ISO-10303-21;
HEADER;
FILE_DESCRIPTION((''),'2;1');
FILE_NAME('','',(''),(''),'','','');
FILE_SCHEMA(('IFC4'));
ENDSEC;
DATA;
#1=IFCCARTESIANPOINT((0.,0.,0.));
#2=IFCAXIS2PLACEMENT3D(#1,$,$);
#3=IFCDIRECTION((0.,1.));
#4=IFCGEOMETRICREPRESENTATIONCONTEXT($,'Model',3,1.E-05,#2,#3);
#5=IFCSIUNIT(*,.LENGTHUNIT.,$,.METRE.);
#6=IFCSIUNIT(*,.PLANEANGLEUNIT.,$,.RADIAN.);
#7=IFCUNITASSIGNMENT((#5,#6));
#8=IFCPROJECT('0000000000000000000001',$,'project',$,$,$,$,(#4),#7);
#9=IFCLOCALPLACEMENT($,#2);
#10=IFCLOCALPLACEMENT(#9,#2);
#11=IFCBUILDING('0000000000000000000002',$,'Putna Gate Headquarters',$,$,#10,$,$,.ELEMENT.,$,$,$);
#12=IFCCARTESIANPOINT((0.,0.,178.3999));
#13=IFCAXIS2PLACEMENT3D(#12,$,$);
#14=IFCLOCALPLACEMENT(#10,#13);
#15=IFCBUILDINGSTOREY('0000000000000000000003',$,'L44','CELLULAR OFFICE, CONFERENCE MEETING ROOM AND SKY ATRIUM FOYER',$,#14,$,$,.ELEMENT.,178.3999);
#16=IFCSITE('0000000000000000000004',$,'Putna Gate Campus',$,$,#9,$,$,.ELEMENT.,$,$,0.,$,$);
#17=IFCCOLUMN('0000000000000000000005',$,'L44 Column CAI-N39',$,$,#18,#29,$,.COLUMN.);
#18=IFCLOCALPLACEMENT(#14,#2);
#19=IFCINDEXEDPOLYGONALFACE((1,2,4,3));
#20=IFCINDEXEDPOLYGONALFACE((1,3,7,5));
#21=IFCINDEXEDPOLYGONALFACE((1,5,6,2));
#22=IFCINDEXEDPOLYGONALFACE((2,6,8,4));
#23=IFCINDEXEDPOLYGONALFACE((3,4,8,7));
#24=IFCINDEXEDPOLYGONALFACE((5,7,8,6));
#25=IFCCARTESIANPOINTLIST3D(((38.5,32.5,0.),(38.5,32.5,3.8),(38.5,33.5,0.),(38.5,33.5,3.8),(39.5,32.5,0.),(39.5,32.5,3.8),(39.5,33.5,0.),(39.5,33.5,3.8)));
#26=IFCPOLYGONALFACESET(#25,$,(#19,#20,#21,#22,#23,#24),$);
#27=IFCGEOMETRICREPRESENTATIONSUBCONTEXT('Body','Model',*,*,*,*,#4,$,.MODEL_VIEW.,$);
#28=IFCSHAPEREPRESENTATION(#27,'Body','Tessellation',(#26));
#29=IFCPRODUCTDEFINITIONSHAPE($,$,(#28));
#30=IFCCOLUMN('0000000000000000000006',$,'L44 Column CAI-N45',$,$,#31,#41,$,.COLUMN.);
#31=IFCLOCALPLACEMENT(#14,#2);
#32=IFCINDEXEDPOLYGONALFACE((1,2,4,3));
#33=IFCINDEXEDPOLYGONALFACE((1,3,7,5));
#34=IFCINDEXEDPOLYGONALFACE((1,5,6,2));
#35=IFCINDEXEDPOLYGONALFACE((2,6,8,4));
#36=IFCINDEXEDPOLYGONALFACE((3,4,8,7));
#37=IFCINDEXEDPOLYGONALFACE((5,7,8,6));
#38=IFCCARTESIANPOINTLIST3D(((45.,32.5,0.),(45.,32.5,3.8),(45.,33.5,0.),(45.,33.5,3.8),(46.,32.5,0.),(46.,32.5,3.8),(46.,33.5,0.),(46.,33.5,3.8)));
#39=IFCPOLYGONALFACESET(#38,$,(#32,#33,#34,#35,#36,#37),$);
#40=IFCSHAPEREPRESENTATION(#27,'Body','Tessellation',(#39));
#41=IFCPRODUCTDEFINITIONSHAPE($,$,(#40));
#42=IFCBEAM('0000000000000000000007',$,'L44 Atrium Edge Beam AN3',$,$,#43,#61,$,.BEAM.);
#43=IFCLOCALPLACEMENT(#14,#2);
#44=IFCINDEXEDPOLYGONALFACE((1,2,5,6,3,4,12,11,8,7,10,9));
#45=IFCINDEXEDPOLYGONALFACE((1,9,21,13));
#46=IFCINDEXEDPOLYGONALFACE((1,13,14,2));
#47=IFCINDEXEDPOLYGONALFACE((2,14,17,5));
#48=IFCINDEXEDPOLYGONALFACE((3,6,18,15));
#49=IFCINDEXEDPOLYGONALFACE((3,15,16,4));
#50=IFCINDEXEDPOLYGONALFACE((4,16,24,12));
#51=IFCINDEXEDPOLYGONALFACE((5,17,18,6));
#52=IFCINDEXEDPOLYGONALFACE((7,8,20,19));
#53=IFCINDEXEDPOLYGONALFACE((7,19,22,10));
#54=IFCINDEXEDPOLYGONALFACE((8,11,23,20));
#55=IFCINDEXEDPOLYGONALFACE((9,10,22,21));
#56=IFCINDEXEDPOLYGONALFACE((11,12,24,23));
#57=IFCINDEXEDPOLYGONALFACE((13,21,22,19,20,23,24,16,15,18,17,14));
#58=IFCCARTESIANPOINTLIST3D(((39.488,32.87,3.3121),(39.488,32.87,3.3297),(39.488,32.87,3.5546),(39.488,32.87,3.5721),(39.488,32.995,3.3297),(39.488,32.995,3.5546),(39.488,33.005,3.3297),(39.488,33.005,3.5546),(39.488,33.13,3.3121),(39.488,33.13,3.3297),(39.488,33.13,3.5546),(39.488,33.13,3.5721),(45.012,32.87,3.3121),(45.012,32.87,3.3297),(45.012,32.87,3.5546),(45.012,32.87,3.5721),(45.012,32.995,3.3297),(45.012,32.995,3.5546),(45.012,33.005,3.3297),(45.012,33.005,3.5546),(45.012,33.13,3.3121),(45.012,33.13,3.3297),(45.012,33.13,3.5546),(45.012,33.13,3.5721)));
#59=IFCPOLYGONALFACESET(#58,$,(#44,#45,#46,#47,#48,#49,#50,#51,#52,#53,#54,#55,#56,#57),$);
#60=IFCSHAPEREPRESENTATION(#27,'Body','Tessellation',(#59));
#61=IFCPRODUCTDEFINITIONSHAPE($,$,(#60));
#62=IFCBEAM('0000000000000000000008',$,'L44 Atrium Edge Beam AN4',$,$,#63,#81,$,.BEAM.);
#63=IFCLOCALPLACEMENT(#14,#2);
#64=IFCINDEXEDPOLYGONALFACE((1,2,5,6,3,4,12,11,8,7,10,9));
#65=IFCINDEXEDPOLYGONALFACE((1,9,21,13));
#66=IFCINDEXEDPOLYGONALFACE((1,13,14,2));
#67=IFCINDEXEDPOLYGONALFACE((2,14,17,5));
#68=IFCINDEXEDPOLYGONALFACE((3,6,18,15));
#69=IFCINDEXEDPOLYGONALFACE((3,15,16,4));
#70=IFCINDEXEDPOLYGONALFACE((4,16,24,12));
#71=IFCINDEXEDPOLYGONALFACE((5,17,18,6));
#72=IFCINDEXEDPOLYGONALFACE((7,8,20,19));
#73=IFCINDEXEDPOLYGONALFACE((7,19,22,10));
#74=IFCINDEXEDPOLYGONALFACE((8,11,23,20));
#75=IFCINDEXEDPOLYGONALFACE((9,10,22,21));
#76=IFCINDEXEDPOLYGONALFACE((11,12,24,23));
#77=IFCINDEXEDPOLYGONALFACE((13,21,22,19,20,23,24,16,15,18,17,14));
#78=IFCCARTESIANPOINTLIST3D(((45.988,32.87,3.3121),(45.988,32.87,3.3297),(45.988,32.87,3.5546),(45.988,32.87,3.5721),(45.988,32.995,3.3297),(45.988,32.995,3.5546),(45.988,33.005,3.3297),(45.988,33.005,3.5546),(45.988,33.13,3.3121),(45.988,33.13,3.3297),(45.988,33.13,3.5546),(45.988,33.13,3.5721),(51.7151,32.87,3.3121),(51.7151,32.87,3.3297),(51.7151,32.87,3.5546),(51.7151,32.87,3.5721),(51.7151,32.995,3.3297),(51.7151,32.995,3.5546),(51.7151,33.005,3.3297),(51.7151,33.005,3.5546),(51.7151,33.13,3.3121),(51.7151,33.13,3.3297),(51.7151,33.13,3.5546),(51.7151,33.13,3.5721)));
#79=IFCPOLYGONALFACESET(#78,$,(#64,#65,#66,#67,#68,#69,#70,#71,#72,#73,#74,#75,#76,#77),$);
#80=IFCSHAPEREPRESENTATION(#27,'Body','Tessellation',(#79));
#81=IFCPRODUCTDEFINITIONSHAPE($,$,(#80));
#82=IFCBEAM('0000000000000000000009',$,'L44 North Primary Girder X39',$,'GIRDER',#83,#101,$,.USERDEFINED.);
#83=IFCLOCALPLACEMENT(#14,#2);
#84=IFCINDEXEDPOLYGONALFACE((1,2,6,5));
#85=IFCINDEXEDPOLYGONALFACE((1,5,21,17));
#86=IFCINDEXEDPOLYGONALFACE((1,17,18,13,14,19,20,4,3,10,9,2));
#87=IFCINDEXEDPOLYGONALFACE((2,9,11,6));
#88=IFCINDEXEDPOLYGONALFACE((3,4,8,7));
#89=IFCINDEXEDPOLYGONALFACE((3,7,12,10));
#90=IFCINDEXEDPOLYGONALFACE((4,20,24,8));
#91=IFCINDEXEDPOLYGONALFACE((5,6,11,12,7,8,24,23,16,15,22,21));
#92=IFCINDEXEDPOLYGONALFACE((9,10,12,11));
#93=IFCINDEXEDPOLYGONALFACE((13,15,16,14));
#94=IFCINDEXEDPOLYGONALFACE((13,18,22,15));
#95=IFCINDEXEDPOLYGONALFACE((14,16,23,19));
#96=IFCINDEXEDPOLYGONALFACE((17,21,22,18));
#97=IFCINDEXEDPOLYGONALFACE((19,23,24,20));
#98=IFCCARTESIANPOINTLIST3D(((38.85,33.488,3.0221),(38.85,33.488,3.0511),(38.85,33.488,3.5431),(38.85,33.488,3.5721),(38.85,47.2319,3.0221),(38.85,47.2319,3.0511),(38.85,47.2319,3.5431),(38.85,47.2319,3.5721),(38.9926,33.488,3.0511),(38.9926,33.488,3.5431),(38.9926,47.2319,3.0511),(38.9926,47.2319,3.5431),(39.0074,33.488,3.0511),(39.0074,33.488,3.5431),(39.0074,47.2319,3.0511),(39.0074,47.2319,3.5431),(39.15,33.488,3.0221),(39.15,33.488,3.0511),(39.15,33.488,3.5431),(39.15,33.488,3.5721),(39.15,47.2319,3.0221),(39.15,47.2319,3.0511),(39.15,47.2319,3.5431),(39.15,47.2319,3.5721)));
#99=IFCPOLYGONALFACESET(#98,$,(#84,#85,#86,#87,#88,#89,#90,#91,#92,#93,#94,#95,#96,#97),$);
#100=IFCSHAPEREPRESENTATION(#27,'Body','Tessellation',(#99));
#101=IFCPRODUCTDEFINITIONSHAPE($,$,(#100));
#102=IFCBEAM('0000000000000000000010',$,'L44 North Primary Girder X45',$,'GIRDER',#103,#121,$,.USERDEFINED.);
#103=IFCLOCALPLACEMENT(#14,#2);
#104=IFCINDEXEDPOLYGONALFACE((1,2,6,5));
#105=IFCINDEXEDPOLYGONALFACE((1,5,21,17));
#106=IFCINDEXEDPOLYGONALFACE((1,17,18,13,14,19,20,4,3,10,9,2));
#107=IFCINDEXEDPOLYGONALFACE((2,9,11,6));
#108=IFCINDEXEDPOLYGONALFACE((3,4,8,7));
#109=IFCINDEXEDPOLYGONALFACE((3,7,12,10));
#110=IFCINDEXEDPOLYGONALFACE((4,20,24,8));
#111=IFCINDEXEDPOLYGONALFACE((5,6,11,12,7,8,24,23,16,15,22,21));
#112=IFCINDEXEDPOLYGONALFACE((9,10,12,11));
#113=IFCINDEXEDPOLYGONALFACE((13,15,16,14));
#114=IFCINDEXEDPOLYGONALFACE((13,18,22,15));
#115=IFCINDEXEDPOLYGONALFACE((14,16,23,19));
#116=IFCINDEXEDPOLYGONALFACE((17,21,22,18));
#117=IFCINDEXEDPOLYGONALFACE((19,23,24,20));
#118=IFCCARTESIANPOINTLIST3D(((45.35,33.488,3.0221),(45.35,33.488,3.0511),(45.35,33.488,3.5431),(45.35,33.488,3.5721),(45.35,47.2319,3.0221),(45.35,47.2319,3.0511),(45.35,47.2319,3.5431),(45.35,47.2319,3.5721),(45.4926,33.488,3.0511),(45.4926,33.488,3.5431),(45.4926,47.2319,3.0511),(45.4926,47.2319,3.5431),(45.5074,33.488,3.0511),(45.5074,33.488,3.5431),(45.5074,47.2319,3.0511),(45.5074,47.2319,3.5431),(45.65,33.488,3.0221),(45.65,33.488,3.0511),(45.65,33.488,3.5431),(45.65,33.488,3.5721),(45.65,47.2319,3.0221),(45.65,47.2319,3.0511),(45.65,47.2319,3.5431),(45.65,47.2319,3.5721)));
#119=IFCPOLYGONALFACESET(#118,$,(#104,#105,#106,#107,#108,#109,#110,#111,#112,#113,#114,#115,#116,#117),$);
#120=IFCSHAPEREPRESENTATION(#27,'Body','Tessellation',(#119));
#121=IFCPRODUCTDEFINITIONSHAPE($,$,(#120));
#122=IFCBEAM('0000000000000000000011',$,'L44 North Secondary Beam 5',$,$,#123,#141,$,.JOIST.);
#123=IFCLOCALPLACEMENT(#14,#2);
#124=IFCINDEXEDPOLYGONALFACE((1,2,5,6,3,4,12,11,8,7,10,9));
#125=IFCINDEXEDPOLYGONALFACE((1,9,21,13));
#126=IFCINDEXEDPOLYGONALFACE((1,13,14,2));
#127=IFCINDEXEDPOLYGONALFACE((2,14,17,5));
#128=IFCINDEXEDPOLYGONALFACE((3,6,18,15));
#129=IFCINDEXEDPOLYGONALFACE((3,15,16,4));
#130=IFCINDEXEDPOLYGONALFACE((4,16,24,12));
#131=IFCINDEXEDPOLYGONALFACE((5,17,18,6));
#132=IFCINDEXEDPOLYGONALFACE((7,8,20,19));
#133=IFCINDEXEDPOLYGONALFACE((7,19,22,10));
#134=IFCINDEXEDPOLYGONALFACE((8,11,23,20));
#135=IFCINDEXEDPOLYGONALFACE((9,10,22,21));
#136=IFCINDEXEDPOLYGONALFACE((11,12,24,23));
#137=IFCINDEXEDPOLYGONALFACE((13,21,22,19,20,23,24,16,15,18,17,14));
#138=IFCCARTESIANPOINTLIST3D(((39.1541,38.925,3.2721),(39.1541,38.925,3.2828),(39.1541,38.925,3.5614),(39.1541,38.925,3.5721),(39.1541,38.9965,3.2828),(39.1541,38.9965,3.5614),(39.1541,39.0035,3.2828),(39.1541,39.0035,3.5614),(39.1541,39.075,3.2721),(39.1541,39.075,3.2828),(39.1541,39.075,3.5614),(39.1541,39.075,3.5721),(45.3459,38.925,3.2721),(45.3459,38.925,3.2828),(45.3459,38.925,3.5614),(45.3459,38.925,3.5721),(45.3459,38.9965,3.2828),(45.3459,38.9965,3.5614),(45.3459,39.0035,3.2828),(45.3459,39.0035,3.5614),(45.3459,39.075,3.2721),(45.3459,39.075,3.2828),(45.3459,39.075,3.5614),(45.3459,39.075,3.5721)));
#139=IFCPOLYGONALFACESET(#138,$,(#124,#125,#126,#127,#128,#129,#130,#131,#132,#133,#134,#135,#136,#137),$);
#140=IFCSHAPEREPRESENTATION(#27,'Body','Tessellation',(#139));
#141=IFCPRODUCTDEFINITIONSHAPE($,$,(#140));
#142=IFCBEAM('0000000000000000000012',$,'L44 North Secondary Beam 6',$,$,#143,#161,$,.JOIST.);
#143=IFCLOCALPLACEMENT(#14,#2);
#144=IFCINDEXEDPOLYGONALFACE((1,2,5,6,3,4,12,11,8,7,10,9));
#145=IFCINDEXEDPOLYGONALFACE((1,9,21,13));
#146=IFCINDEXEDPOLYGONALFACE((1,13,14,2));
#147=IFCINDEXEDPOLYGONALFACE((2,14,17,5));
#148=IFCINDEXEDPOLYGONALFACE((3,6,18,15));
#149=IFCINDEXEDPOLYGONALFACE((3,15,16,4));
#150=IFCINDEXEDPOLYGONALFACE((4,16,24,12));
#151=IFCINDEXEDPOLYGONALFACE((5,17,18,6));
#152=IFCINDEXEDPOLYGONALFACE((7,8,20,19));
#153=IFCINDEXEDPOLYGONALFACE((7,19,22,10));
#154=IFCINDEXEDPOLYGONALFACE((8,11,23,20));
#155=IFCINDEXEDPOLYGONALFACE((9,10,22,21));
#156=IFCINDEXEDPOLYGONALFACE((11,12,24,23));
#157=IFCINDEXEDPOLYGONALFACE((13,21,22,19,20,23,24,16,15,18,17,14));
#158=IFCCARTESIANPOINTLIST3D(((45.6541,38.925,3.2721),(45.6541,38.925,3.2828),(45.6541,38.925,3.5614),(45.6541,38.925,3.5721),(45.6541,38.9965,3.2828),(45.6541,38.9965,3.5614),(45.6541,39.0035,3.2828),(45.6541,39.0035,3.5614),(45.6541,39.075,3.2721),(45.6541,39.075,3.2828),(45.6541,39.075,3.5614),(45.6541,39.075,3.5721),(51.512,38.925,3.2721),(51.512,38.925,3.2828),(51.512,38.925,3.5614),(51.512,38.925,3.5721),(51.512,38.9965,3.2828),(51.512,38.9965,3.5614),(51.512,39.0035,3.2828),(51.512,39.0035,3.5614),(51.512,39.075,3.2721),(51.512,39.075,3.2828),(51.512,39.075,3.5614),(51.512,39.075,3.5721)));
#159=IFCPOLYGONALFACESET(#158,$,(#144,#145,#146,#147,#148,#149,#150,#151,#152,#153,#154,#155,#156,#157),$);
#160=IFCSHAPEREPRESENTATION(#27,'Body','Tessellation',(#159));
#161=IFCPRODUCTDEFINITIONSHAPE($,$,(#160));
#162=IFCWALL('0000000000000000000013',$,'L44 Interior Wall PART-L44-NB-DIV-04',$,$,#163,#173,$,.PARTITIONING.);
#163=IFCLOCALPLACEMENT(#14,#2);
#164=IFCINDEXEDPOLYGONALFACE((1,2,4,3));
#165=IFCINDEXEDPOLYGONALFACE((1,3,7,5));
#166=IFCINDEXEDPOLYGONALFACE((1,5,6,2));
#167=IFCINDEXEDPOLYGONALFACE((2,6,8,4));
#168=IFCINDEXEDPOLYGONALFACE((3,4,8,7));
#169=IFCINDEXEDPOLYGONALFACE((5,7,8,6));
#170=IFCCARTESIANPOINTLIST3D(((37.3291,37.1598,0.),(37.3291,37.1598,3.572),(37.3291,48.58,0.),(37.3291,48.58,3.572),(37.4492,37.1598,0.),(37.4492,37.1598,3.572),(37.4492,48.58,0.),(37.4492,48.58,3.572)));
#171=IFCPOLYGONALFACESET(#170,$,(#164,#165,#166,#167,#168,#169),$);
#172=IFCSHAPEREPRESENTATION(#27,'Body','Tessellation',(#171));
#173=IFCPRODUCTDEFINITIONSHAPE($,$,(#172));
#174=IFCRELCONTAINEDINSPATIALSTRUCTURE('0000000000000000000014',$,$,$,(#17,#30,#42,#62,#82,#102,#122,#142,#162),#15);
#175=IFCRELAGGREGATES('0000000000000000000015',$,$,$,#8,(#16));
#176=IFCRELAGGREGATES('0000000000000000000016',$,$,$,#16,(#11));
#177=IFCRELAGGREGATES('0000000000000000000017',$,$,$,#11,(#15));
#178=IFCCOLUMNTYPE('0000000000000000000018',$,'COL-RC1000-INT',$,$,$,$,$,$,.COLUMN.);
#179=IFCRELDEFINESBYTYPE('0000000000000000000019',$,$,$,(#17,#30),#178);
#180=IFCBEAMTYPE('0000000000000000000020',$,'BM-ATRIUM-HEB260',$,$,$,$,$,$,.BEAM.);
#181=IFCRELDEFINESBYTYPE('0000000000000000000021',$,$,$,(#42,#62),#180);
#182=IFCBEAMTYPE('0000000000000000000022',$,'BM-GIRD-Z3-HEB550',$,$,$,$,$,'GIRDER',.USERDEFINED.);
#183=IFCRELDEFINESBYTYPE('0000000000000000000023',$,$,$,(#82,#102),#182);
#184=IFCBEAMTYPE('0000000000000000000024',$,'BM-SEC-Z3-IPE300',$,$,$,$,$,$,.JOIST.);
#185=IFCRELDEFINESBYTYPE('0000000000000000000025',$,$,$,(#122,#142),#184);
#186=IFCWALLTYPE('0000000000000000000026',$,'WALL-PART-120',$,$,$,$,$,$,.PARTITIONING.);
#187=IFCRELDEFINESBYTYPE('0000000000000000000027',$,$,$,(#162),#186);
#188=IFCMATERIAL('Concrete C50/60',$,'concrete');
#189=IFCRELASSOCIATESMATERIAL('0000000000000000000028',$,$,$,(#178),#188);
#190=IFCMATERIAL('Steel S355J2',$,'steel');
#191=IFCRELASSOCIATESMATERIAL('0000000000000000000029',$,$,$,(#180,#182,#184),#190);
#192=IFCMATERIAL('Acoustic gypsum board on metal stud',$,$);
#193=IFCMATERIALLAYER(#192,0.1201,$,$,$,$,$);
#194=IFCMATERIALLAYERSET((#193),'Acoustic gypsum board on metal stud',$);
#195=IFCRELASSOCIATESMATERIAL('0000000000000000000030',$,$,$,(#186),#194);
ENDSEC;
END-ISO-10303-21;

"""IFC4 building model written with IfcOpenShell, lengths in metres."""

from ifc_helpers import new_model, si_unit, direction, frame, frame_2d, origin, origin_2d, place, context, subcontext, project, spatial, rectangle, i_section, extrude, material, layer, layer_set, material_profile, profile_set, type_object, element, save


model = new_model("IFC4")

# Units and contexts
model_context = context("Model", 3, precision=1e-05, world=origin(), true_north=direction((0.0, 1.0)))
body_context = subcontext(model_context, "Body", "Model", "MODEL_VIEW")
ifc_project = project(units=[si_unit("LENGTHUNIT", "METRE"), si_unit("PLANEANGLEUNIT", "RADIAN")], contexts=[model_context])

# Site, building, storey
site_placement = place(None, origin())
site = spatial("IfcSite", under=ifc_project, at=site_placement, Name="Putna Gate Campus", CompositionType="ELEMENT", RefElevation=0.0)
building_placement = place(site_placement, origin())
building = spatial("IfcBuilding", under=site, at=building_placement, Name="Putna Gate Headquarters", CompositionType="ELEMENT")
storey_placement = place(building_placement, frame((0.0, 0.0, 178.3999)))
storey = spatial("IfcBuildingStorey", under=building, at=storey_placement, Name="L44", Description="CELLULAR OFFICE, CONFERENCE MEETING ROOM AND SKY ATRIUM FOYER", CompositionType="ELEMENT", Elevation=178.3999)

# Columns
ifc_material_1 = material(Name="Concrete C50/60", Category="concrete")
ifc_material_profile_1 = material_profile(ifc_material_1, rectangle(XDim=1.0, YDim=1.0, at=origin_2d()), Name="Concrete C50/60")
ifc_profile_set_1 = profile_set([ifc_material_profile_1], Name="Concrete C50/60")
column_type = type_object("IfcColumnType", Name="COL-RC1000-INT", PredefinedType="COLUMN", material=ifc_profile_set_1)
for number, where, z_axis, x_axis, name in (
    (1, (39.0, 33.0, 0.0), (0.0, 0.0, 1.0), (1.0, 0.0, 0.0), "L44 Column CAI-N39"),
    (2, (45.5, 33.0, 0.0), (0.0, 0.0, 1.0), (1.0, 0.0, 0.0), "L44 Column CAI-N45"),
):
    element("IfcColumn", number, at=place(storey_placement, frame(where, z_axis=z_axis, x_axis=x_axis)), inside=storey, type_object=column_type, Name=name, PredefinedType="COLUMN", context=body_context, shape_type="SweptSolid", body=[
        extrude(rectangle(XDim=1.0, YDim=1.0, at=origin_2d()), origin(), (0.0, 0.0, 1.0), 3.8),
    ])

# Beams
ifc_material_2 = material(Name="Steel S355J2", Category="steel")
ifc_material_profile_2 = material_profile(ifc_material_2, i_section(OverallWidth=0.26, OverallDepth=0.26, WebThickness=0.01, FlangeThickness=0.0176, at=origin_2d()), Name="Steel S355J2")
ifc_profile_set_2 = profile_set([ifc_material_profile_2], Name="Steel S355J2")
beam_type_1 = type_object("IfcBeamType", Name="BM-ATRIUM-HEB260", PredefinedType="BEAM", material=ifc_profile_set_2)
beam_1_placement = place(storey_placement, frame((39.488, 33.0, 3.4421), z_axis=(1.0, 0.0, 0.0), x_axis=(0.0, 1.0, 0.0)))
element("IfcBeam", 3, at=beam_1_placement, inside=storey, type_object=beam_type_1, Name="L44 Atrium Edge Beam AN3", PredefinedType="BEAM", context=body_context, shape_type="SweptSolid", body=[
    extrude(i_section(OverallWidth=0.26, OverallDepth=0.26, WebThickness=0.01, FlangeThickness=0.0176, at=origin_2d()), origin(), (0.0, 0.0, 1.0), 5.5239),
])
beam_2_placement = place(storey_placement, frame((45.988, 33.0, 3.4421), z_axis=(1.0, 0.0, 0.0), x_axis=(0.0, 1.0, 0.0)))
element("IfcBeam", 4, at=beam_2_placement, inside=storey, type_object=beam_type_1, Name="L44 Atrium Edge Beam AN4", PredefinedType="BEAM", context=body_context, shape_type="SweptSolid", body=[
    extrude(i_section(OverallWidth=0.26, OverallDepth=0.26, WebThickness=0.01, FlangeThickness=0.0176, at=origin_2d()), origin(), (0.0, 0.0, 1.0), 5.7271),
])
ifc_material_profile_3 = material_profile(ifc_material_2, i_section(OverallWidth=0.3, OverallDepth=0.55, WebThickness=0.0149, FlangeThickness=0.0291, at=origin_2d()), Name="Steel S355J2")
ifc_profile_set_3 = profile_set([ifc_material_profile_3], Name="Steel S355J2")
beam_type_2 = type_object("IfcBeamType", Name="BM-GIRD-Z3-HEB550", ElementType="GIRDER", PredefinedType="USERDEFINED", material=ifc_profile_set_3)
for number, where, z_axis, x_axis, name in (
    (5, (39.0, 33.488, 3.2971), (0.0, 1.0, 0.0), (-1.0, 0.0, 0.0), "L44 North Primary Girder X39"),
    (6, (45.5, 33.488, 3.2971), (0.0, 1.0, 0.0), (-1.0, 0.0, 0.0), "L44 North Primary Girder X45"),
):
    element("IfcBeam", number, at=place(storey_placement, frame(where, z_axis=z_axis, x_axis=x_axis)), inside=storey, type_object=beam_type_2, Name=name, ObjectType="GIRDER", PredefinedType="USERDEFINED", context=body_context, shape_type="SweptSolid", body=[
        extrude(i_section(OverallWidth=0.3, OverallDepth=0.55, WebThickness=0.0149, FlangeThickness=0.0291, at=origin_2d()), origin(), (0.0, 0.0, 1.0), 13.7439),
    ])
ifc_material_profile_4 = material_profile(ifc_material_2, i_section(OverallWidth=0.1499, OverallDepth=0.3, WebThickness=0.0071, FlangeThickness=0.0107, at=origin_2d()), Name="Steel S355J2")
ifc_profile_set_4 = profile_set([ifc_material_profile_4], Name="Steel S355J2")
beam_type_3 = type_object("IfcBeamType", Name="BM-SEC-Z3-IPE300", PredefinedType="JOIST", material=ifc_profile_set_4)
beam_3_placement = place(storey_placement, frame((39.1541, 39.0, 3.4221), z_axis=(1.0, 0.0, 0.0), x_axis=(0.0, 1.0, 0.0)))
element("IfcBeam", 7, at=beam_3_placement, inside=storey, type_object=beam_type_3, Name="L44 North Secondary Beam 5", PredefinedType="JOIST", context=body_context, shape_type="SweptSolid", body=[
    extrude(i_section(OverallWidth=0.1499, OverallDepth=0.3, WebThickness=0.0071, FlangeThickness=0.0107, at=origin_2d()), origin(), (0.0, 0.0, 1.0), 6.1919),
])
beam_4_placement = place(storey_placement, frame((45.6541, 39.0, 3.4221), z_axis=(1.0, 0.0, 0.0), x_axis=(0.0, 1.0, 0.0)))
element("IfcBeam", 8, at=beam_4_placement, inside=storey, type_object=beam_type_3, Name="L44 North Secondary Beam 6", PredefinedType="JOIST", context=body_context, shape_type="SweptSolid", body=[
    extrude(i_section(OverallWidth=0.1499, OverallDepth=0.3, WebThickness=0.0071, FlangeThickness=0.0107, at=origin_2d()), origin(), (0.0, 0.0, 1.0), 5.8579),
])

# Shared definitions
ifc_material_3 = material(Name="Acoustic gypsum board on metal stud")
ifc_layer_1 = layer(ifc_material_3, 0.1201)
ifc_layer_set_1 = layer_set([ifc_layer_1], Name="Acoustic gypsum board on metal stud")
wall_type_1 = type_object("IfcWallType", Name="WALL-PART-120", PredefinedType="PARTITIONING", material=ifc_layer_set_1)

# Wall
wall_1_placement = place(storey_placement, frame((37.3892, 37.1599, 0.0), z_axis=(0.0, 0.0, 1.0), x_axis=(0.0, 1.0, 0.0)))
element("IfcWall", 9, at=wall_1_placement, inside=storey, type_object=wall_type_1, Name="L44 Interior Wall PART-L44-NB-DIV-04", PredefinedType="PARTITIONING", context=body_context, shape_type="SweptSolid", body=[
    extrude(rectangle(XDim=11.4202, YDim=0.1201, at=frame_2d((5.71, 0.0))), origin(), (0.0, 0.0, 1.0), 3.572),
])

save(model, "model.ifc")
